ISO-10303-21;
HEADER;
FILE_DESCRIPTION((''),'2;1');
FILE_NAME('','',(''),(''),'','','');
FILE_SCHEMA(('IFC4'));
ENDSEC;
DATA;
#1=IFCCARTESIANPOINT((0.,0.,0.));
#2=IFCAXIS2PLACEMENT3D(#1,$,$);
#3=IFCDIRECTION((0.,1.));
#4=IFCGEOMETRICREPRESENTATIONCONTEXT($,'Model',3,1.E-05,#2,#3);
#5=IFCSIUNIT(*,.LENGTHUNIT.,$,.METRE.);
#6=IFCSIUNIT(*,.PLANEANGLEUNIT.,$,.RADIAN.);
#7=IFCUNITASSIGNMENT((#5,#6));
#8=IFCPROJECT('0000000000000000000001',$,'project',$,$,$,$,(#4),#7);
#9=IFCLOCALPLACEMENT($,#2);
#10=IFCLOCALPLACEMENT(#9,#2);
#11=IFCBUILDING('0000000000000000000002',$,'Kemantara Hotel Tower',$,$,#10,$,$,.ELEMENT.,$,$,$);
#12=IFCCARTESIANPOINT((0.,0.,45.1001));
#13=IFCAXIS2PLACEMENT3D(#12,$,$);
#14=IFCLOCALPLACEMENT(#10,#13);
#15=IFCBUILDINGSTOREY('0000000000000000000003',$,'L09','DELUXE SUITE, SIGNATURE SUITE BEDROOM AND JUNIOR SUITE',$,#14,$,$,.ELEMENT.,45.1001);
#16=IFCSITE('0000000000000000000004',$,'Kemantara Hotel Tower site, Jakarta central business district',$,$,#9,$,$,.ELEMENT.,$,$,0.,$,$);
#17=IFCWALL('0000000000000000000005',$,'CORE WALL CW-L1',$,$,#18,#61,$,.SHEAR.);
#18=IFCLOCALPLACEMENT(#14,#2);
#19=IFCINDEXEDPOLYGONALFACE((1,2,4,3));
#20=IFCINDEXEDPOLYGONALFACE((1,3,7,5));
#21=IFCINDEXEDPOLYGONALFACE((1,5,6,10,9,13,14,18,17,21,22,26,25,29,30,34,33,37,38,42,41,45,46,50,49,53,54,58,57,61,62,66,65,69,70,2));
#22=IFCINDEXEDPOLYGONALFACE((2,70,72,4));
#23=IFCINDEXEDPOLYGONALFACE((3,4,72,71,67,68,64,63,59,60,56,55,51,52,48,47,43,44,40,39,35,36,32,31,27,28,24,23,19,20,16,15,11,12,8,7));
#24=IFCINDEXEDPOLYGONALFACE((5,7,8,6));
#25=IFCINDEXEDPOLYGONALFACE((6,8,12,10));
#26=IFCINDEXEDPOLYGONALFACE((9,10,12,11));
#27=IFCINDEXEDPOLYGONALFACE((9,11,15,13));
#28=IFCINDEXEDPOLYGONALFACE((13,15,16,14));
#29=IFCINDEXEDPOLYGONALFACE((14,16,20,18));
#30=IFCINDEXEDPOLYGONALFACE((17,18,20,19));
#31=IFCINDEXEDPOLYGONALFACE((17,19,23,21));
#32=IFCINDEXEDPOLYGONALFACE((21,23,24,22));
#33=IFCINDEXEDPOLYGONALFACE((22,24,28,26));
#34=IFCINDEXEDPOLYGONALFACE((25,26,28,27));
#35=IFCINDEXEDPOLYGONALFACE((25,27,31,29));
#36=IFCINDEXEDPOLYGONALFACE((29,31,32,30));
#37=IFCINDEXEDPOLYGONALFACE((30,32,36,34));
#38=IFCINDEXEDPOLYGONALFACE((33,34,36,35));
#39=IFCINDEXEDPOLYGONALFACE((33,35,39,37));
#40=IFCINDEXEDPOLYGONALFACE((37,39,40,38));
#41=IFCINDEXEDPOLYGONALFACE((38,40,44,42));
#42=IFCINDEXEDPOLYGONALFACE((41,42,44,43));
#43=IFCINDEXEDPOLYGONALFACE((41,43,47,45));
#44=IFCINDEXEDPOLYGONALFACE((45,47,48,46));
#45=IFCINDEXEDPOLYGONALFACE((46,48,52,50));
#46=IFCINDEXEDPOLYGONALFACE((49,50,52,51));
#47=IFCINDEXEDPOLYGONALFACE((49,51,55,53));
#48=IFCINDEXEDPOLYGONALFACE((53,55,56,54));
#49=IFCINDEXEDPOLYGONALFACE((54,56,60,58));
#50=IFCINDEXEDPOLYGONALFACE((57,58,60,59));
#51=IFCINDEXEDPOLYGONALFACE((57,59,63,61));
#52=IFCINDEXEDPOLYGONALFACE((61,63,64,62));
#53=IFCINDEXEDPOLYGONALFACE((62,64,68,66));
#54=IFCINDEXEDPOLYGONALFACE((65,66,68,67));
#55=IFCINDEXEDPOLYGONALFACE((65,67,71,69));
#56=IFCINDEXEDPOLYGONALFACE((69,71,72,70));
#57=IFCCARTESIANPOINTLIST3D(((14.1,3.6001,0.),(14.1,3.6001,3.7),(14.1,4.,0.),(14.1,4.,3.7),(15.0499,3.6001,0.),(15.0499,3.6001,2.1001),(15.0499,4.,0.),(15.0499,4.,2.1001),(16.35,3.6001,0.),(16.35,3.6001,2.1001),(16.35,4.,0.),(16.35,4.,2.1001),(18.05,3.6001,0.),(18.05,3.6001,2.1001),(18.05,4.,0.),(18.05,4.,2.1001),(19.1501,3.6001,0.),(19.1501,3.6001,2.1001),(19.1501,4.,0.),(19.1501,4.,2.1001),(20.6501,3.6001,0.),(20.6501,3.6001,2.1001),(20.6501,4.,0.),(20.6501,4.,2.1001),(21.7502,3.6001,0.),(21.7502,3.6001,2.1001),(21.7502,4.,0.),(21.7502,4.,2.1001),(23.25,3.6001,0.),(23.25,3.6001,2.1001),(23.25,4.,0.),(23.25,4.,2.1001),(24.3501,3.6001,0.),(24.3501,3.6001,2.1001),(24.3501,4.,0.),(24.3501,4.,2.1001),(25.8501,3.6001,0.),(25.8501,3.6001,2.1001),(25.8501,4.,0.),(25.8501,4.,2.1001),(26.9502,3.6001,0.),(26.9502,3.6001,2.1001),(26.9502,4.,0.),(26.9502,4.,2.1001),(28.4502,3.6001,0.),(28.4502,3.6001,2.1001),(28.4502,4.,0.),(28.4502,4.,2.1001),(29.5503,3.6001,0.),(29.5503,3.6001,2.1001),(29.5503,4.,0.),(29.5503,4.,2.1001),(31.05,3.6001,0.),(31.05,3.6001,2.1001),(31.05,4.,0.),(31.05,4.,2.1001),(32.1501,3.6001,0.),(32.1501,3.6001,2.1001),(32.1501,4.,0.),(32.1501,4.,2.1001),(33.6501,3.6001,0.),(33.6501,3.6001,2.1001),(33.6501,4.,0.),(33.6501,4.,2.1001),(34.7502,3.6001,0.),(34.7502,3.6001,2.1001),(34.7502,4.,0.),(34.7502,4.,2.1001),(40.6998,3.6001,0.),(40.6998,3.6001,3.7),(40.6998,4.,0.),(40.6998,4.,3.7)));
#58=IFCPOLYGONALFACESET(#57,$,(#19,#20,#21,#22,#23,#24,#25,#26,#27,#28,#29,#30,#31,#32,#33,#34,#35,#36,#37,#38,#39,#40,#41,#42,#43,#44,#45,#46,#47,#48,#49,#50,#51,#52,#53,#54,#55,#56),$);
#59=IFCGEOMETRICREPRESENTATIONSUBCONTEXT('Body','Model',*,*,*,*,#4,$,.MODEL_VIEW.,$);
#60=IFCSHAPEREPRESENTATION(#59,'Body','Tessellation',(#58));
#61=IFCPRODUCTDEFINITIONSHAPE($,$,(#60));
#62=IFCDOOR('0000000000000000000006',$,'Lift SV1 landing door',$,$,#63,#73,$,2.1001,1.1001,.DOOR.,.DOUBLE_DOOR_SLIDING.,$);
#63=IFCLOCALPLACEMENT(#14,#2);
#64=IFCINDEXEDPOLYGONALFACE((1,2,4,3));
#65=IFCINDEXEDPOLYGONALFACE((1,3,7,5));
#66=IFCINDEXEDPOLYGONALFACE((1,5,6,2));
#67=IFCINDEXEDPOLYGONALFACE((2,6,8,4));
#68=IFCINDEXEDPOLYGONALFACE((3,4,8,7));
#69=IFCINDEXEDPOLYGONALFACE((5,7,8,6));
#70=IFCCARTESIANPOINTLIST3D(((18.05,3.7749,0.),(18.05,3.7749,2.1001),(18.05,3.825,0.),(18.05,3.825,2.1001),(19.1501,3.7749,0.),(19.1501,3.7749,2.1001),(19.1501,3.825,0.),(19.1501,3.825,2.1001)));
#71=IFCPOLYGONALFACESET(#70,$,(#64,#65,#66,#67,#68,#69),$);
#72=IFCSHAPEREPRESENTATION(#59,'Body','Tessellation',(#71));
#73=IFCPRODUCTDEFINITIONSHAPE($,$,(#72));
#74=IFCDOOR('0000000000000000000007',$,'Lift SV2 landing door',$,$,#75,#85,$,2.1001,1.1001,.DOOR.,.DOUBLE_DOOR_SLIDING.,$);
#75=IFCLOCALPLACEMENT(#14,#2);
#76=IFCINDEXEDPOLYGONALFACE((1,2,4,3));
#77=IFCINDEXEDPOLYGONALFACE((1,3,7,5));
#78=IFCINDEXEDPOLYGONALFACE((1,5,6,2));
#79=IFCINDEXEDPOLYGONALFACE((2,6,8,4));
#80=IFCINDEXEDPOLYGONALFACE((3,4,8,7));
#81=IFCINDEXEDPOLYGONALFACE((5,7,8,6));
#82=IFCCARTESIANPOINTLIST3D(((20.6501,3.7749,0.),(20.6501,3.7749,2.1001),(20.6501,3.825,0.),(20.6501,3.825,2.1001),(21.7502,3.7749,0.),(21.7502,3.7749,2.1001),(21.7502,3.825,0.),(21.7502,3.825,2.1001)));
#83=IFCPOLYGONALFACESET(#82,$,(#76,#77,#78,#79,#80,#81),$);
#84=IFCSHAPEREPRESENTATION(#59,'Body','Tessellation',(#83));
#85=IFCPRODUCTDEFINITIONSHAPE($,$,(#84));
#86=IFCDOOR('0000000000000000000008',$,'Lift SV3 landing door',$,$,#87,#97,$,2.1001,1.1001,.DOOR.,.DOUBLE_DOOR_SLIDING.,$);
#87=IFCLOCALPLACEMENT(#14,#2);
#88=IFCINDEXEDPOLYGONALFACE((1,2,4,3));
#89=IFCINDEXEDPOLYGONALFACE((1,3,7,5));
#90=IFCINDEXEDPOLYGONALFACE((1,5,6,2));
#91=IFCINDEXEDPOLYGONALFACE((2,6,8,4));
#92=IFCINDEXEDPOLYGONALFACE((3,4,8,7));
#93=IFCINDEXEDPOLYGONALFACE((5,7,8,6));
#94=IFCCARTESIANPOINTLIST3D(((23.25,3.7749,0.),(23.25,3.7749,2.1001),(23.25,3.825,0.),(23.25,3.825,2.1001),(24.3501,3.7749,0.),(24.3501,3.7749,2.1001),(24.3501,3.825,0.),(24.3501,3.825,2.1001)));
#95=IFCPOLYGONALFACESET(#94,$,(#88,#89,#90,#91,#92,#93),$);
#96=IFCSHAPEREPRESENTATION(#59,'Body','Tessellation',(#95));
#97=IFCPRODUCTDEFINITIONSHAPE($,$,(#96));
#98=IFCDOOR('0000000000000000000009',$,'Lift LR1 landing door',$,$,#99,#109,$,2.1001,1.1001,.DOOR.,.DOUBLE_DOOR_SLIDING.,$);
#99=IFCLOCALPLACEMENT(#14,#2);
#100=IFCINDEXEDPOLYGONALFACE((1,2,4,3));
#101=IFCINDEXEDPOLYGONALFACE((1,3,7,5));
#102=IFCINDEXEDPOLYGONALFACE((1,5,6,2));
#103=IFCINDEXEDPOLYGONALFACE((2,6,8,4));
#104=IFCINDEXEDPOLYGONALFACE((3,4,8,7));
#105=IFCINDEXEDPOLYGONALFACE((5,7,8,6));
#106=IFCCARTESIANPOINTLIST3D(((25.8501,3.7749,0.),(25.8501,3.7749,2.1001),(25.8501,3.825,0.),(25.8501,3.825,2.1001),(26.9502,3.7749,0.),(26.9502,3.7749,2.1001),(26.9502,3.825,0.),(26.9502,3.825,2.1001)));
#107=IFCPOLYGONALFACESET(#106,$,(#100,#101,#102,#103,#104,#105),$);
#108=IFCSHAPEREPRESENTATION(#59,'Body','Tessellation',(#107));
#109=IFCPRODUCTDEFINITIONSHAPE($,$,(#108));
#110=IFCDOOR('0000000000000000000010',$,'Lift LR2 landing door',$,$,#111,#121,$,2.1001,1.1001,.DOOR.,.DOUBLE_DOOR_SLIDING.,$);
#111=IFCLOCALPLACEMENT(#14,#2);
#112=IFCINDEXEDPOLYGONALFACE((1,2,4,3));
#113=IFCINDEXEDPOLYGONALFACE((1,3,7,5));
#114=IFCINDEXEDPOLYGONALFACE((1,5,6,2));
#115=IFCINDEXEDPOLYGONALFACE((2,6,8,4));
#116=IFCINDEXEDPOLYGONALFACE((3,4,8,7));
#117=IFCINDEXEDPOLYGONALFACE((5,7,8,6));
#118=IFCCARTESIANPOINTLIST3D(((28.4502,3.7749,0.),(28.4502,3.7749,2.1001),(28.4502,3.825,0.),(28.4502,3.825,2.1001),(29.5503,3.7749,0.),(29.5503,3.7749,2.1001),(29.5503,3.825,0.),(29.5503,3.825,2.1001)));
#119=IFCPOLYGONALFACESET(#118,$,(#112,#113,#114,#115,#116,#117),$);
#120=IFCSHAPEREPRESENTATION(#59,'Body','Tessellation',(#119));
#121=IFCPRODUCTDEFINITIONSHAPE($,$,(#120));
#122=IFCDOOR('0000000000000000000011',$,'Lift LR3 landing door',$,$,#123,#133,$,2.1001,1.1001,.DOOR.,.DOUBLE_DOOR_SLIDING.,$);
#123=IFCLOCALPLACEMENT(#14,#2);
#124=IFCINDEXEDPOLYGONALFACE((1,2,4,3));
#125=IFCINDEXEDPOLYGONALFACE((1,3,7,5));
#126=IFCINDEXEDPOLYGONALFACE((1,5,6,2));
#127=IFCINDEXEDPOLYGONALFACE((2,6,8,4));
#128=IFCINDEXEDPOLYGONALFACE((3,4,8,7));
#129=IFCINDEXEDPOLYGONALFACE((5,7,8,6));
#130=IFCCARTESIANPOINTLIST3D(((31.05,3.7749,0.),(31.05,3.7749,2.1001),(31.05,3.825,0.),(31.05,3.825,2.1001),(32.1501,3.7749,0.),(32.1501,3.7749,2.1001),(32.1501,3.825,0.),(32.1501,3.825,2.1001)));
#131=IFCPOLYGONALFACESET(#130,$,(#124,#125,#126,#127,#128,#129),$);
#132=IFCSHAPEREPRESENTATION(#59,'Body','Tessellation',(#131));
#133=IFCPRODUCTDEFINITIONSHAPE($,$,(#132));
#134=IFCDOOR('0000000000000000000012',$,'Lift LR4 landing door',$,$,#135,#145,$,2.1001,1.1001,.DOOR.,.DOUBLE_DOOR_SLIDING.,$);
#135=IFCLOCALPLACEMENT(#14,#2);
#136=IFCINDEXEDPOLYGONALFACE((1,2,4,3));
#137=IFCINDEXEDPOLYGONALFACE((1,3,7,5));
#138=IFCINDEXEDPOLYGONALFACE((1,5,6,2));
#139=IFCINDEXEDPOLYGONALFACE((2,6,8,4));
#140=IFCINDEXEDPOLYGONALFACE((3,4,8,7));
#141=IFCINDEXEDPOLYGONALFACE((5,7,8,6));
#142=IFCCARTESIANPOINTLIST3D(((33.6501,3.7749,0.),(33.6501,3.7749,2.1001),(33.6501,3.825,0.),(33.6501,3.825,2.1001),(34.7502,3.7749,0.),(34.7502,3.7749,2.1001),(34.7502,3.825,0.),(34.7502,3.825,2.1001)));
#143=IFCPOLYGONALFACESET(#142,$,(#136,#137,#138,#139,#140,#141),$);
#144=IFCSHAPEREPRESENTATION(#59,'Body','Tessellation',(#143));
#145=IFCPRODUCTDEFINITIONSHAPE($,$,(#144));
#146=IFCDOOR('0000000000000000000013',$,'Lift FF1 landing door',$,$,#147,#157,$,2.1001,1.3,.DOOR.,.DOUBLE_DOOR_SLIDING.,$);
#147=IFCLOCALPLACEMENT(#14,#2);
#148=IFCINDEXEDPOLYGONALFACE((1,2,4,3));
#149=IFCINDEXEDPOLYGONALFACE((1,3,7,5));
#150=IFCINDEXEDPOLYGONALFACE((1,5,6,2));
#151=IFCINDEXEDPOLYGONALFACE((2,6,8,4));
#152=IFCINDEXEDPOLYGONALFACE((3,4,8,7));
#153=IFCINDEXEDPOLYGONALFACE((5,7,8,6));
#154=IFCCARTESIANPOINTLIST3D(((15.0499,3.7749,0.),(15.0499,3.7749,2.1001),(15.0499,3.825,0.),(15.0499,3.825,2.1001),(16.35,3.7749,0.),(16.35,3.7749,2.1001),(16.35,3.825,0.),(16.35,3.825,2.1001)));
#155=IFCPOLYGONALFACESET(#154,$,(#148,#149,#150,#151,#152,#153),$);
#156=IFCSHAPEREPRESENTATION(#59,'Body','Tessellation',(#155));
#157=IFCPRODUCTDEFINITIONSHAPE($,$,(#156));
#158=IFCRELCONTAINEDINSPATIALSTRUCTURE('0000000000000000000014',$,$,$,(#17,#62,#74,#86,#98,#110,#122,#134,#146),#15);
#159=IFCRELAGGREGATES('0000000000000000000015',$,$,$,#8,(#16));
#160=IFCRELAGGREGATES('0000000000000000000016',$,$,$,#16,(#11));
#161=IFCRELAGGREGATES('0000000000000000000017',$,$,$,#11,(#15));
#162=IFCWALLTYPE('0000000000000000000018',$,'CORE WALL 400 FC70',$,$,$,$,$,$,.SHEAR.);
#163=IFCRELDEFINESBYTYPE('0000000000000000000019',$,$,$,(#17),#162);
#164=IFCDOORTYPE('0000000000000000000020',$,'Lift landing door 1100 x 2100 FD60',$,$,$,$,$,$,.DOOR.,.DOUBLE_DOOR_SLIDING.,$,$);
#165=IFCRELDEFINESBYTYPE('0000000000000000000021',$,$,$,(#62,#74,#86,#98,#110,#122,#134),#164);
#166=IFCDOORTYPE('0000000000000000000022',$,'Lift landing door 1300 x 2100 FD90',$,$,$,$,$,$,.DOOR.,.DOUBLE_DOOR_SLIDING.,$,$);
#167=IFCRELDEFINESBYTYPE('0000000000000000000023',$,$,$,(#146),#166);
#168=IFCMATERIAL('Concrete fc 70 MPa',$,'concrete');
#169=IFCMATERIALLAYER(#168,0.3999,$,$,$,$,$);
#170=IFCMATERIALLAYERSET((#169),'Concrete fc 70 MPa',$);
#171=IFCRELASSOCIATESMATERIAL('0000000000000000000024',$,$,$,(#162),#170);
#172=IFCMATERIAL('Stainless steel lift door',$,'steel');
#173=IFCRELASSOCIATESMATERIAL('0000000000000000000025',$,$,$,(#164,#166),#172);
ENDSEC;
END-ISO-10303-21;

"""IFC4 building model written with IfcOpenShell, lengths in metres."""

from ifc_helpers import new_model, si_unit, direction, frame, frame_2d, origin, place, context, subcontext, project, spatial, rectangle, extrude, material, layer, layer_set, type_object, element, fill, save


model = new_model("IFC4")

# Units and contexts
model_context = context("Model", 3, precision=1e-05, world=origin(), true_north=direction((0.0, 1.0)))
body_context = subcontext(model_context, "Body", "Model", "MODEL_VIEW")
ifc_project = project(units=[si_unit("LENGTHUNIT", "METRE"), si_unit("PLANEANGLEUNIT", "RADIAN")], contexts=[model_context])

# Site, building, storey
site_placement = place(None, origin())
site = spatial("IfcSite", under=ifc_project, at=site_placement, Name="Kemantara Hotel Tower site, Jakarta central business district", CompositionType="ELEMENT", RefElevation=0.0)
building_placement = place(site_placement, origin())
building = spatial("IfcBuilding", under=site, at=building_placement, Name="Kemantara Hotel Tower", CompositionType="ELEMENT")
storey_placement = place(building_placement, frame((0.0, 0.0, 45.1001)))
storey = spatial("IfcBuildingStorey", under=building, at=storey_placement, Name="L09", Description="DELUXE SUITE, SIGNATURE SUITE BEDROOM AND JUNIOR SUITE", CompositionType="ELEMENT", Elevation=45.1001)

# Shared definitions
ifc_material_1 = material(Name="Concrete fc 70 MPa", Category="concrete")

# Shared definitions
ifc_layer_1 = layer(ifc_material_1, 0.3999)
ifc_layer_set_1 = layer_set([ifc_layer_1], Name="Concrete fc 70 MPa")
wall_type_1 = type_object("IfcWallType", Name="CORE WALL 400 FC70", PredefinedType="SHEAR", material=ifc_layer_set_1)

# Wall, openings, doors
wall_1_placement = place(storey_placement, frame((14.1001, 3.8, 0.0), z_axis=(0.0, 0.0, 1.0), x_axis=(1.0, 0.0, 0.0)))
wall_1 = element("IfcWall", 1, at=wall_1_placement, inside=storey, type_object=wall_type_1, Name="CORE WALL CW-L1", PredefinedType="SHEAR", context=body_context, shape_type="SweptSolid", body=[
    extrude(rectangle(XDim=26.5999, YDim=0.3999, at=frame_2d((13.2998, 0.0))), origin(), (0.0, 0.0, 1.0), 3.7),
])
opening_1_placement = place(wall_1_placement, frame((0.95, 0.0, 0.0)))
opening_1 = element("IfcOpeningElement", 2, at=opening_1_placement, cuts=wall_1, PredefinedType="OPENING", context=body_context, shape_type="SweptSolid", body=[
    extrude(rectangle(XDim=1.3, YDim=2.1001, at=frame_2d((0.6499, 1.05))), frame((0.0, 0.21, 0.0), z_axis=(0.0, -1.0, 0.0), x_axis=(1.0, 0.0, 0.0)), (0.0, 0.0, 1.0), 0.4199),
])
opening_2_placement = place(wall_1_placement, frame((3.95, 0.0, 0.0)))
opening_2 = element("IfcOpeningElement", 3, at=opening_2_placement, cuts=wall_1, PredefinedType="OPENING", context=body_context, shape_type="SweptSolid", body=[
    extrude(rectangle(XDim=1.1001, YDim=2.1001, at=frame_2d((0.55, 1.05))), frame((0.0, 0.21, 0.0), z_axis=(0.0, -1.0, 0.0), x_axis=(1.0, 0.0, 0.0)), (0.0, 0.0, 1.0), 0.4199),
])
opening_3_placement = place(wall_1_placement, frame((6.55, 0.0, 0.0)))
opening_3 = element("IfcOpeningElement", 4, at=opening_3_placement, cuts=wall_1, PredefinedType="OPENING", context=body_context, shape_type="SweptSolid", body=[
    extrude(rectangle(XDim=1.1001, YDim=2.1001, at=frame_2d((0.55, 1.05))), frame((0.0, 0.21, 0.0), z_axis=(0.0, -1.0, 0.0), x_axis=(1.0, 0.0, 0.0)), (0.0, 0.0, 1.0), 0.4199),
])
opening_4_placement = place(wall_1_placement, frame((9.1499, 0.0, 0.0)))
opening_4 = element("IfcOpeningElement", 5, at=opening_4_placement, cuts=wall_1, PredefinedType="OPENING", context=body_context, shape_type="SweptSolid", body=[
    extrude(rectangle(XDim=1.1001, YDim=2.1001, at=frame_2d((0.55, 1.05))), frame((0.0, 0.21, 0.0), z_axis=(0.0, -1.0, 0.0), x_axis=(1.0, 0.0, 0.0)), (0.0, 0.0, 1.0), 0.4199),
])
opening_5_placement = place(wall_1_placement, frame((11.75, 0.0, 0.0)))
opening_5 = element("IfcOpeningElement", 6, at=opening_5_placement, cuts=wall_1, PredefinedType="OPENING", context=body_context, shape_type="SweptSolid", body=[
    extrude(rectangle(XDim=1.1001, YDim=2.1001, at=frame_2d((0.55, 1.05))), frame((0.0, 0.21, 0.0), z_axis=(0.0, -1.0, 0.0), x_axis=(1.0, 0.0, 0.0)), (0.0, 0.0, 1.0), 0.4199),
])
opening_6_placement = place(wall_1_placement, frame((14.3501, 0.0, 0.0)))
opening_6 = element("IfcOpeningElement", 7, at=opening_6_placement, cuts=wall_1, PredefinedType="OPENING", context=body_context, shape_type="SweptSolid", body=[
    extrude(rectangle(XDim=1.1001, YDim=2.1001, at=frame_2d((0.55, 1.05))), frame((0.0, 0.21, 0.0), z_axis=(0.0, -1.0, 0.0), x_axis=(1.0, 0.0, 0.0)), (0.0, 0.0, 1.0), 0.4199),
])
opening_7_placement = place(wall_1_placement, frame((16.95, 0.0, 0.0)))
opening_7 = element("IfcOpeningElement", 8, at=opening_7_placement, cuts=wall_1, PredefinedType="OPENING", context=body_context, shape_type="SweptSolid", body=[
    extrude(rectangle(XDim=1.1001, YDim=2.1001, at=frame_2d((0.55, 1.05))), frame((0.0, 0.21, 0.0), z_axis=(0.0, -1.0, 0.0), x_axis=(1.0, 0.0, 0.0)), (0.0, 0.0, 1.0), 0.4199),
])
opening_8_placement = place(wall_1_placement, frame((19.55, 0.0, 0.0)))
opening_8 = element("IfcOpeningElement", 9, at=opening_8_placement, cuts=wall_1, PredefinedType="OPENING", context=body_context, shape_type="SweptSolid", body=[
    extrude(rectangle(XDim=1.1001, YDim=2.1001, at=frame_2d((0.55, 1.05))), frame((0.0, 0.21, 0.0), z_axis=(0.0, -1.0, 0.0), x_axis=(1.0, 0.0, 0.0)), (0.0, 0.0, 1.0), 0.4199),
])
ifc_material_2 = material(Name="Stainless steel lift door", Category="steel")
door_type_1 = type_object("IfcDoorType", Name="Lift landing door 1100 x 2100 FD60", OperationType="DOUBLE_DOOR_SLIDING", PredefinedType="DOOR", material=ifc_material_2)
door_1_placement = place(opening_2_placement, origin())
door_1 = element("IfcDoor", 10, at=door_1_placement, inside=storey, type_object=door_type_1, Name="Lift SV1 landing door", OperationType="DOUBLE_DOOR_SLIDING", OverallHeight=2.1001, OverallWidth=1.1001, PredefinedType="DOOR", context=body_context, shape_type="SweptSolid", body=[
    extrude(rectangle(XDim=1.1001, YDim=2.1001, at=frame_2d((0.55, 1.05))), frame((0.0, 0.0249, 0.0), z_axis=(0.0, -1.0, 0.0), x_axis=(1.0, 0.0, 0.0)), (0.0, 0.0, 1.0), 0.05),
])
fill(opening_2, door_1)
door_2_placement = place(opening_3_placement, origin())
door_2 = element("IfcDoor", 11, at=door_2_placement, inside=storey, type_object=door_type_1, Name="Lift SV2 landing door", OperationType="DOUBLE_DOOR_SLIDING", OverallHeight=2.1001, OverallWidth=1.1001, PredefinedType="DOOR", context=body_context, shape_type="SweptSolid", body=[
    extrude(rectangle(XDim=1.1001, YDim=2.1001, at=frame_2d((0.55, 1.05))), frame((0.0, 0.0249, 0.0), z_axis=(0.0, -1.0, 0.0), x_axis=(1.0, 0.0, 0.0)), (0.0, 0.0, 1.0), 0.05),
])
fill(opening_3, door_2)
door_3_placement = place(opening_4_placement, origin())
door_3 = element("IfcDoor", 12, at=door_3_placement, inside=storey, type_object=door_type_1, Name="Lift SV3 landing door", OperationType="DOUBLE_DOOR_SLIDING", OverallHeight=2.1001, OverallWidth=1.1001, PredefinedType="DOOR", context=body_context, shape_type="SweptSolid", body=[
    extrude(rectangle(XDim=1.1001, YDim=2.1001, at=frame_2d((0.55, 1.05))), frame((0.0, 0.0249, 0.0), z_axis=(0.0, -1.0, 0.0), x_axis=(1.0, 0.0, 0.0)), (0.0, 0.0, 1.0), 0.05),
])
fill(opening_4, door_3)
door_4_placement = place(opening_5_placement, origin())
door_4 = element("IfcDoor", 13, at=door_4_placement, inside=storey, type_object=door_type_1, Name="Lift LR1 landing door", OperationType="DOUBLE_DOOR_SLIDING", OverallHeight=2.1001, OverallWidth=1.1001, PredefinedType="DOOR", context=body_context, shape_type="SweptSolid", body=[
    extrude(rectangle(XDim=1.1001, YDim=2.1001, at=frame_2d((0.55, 1.05))), frame((0.0, 0.0249, 0.0), z_axis=(0.0, -1.0, 0.0), x_axis=(1.0, 0.0, 0.0)), (0.0, 0.0, 1.0), 0.05),
])
fill(opening_5, door_4)
door_5_placement = place(opening_6_placement, origin())
door_5 = element("IfcDoor", 14, at=door_5_placement, inside=storey, type_object=door_type_1, Name="Lift LR2 landing door", OperationType="DOUBLE_DOOR_SLIDING", OverallHeight=2.1001, OverallWidth=1.1001, PredefinedType="DOOR", context=body_context, shape_type="SweptSolid", body=[
    extrude(rectangle(XDim=1.1001, YDim=2.1001, at=frame_2d((0.55, 1.05))), frame((0.0, 0.0249, 0.0), z_axis=(0.0, -1.0, 0.0), x_axis=(1.0, 0.0, 0.0)), (0.0, 0.0, 1.0), 0.05),
])
fill(opening_6, door_5)
door_6_placement = place(opening_7_placement, origin())
door_6 = element("IfcDoor", 15, at=door_6_placement, inside=storey, type_object=door_type_1, Name="Lift LR3 landing door", OperationType="DOUBLE_DOOR_SLIDING", OverallHeight=2.1001, OverallWidth=1.1001, PredefinedType="DOOR", context=body_context, shape_type="SweptSolid", body=[
    extrude(rectangle(XDim=1.1001, YDim=2.1001, at=frame_2d((0.55, 1.05))), frame((0.0, 0.0249, 0.0), z_axis=(0.0, -1.0, 0.0), x_axis=(1.0, 0.0, 0.0)), (0.0, 0.0, 1.0), 0.05),
])
fill(opening_7, door_6)
door_7_placement = place(opening_8_placement, origin())
door_7 = element("IfcDoor", 16, at=door_7_placement, inside=storey, type_object=door_type_1, Name="Lift LR4 landing door", OperationType="DOUBLE_DOOR_SLIDING", OverallHeight=2.1001, OverallWidth=1.1001, PredefinedType="DOOR", context=body_context, shape_type="SweptSolid", body=[
    extrude(rectangle(XDim=1.1001, YDim=2.1001, at=frame_2d((0.55, 1.05))), frame((0.0, 0.0249, 0.0), z_axis=(0.0, -1.0, 0.0), x_axis=(1.0, 0.0, 0.0)), (0.0, 0.0, 1.0), 0.05),
])
fill(opening_8, door_7)
door_type_2 = type_object("IfcDoorType", Name="Lift landing door 1300 x 2100 FD90", OperationType="DOUBLE_DOOR_SLIDING", PredefinedType="DOOR", material=ifc_material_2)
door_8_placement = place(opening_1_placement, origin())
door_8 = element("IfcDoor", 17, at=door_8_placement, inside=storey, type_object=door_type_2, Name="Lift FF1 landing door", OperationType="DOUBLE_DOOR_SLIDING", OverallHeight=2.1001, OverallWidth=1.3, PredefinedType="DOOR", context=body_context, shape_type="SweptSolid", body=[
    extrude(rectangle(XDim=1.3, YDim=2.1001, at=frame_2d((0.6499, 1.05))), frame((0.0, 0.0249, 0.0), z_axis=(0.0, -1.0, 0.0), x_axis=(1.0, 0.0, 0.0)), (0.0, 0.0, 1.0), 0.05),
])
fill(opening_1, door_8)

save(model, "model.ifc")
